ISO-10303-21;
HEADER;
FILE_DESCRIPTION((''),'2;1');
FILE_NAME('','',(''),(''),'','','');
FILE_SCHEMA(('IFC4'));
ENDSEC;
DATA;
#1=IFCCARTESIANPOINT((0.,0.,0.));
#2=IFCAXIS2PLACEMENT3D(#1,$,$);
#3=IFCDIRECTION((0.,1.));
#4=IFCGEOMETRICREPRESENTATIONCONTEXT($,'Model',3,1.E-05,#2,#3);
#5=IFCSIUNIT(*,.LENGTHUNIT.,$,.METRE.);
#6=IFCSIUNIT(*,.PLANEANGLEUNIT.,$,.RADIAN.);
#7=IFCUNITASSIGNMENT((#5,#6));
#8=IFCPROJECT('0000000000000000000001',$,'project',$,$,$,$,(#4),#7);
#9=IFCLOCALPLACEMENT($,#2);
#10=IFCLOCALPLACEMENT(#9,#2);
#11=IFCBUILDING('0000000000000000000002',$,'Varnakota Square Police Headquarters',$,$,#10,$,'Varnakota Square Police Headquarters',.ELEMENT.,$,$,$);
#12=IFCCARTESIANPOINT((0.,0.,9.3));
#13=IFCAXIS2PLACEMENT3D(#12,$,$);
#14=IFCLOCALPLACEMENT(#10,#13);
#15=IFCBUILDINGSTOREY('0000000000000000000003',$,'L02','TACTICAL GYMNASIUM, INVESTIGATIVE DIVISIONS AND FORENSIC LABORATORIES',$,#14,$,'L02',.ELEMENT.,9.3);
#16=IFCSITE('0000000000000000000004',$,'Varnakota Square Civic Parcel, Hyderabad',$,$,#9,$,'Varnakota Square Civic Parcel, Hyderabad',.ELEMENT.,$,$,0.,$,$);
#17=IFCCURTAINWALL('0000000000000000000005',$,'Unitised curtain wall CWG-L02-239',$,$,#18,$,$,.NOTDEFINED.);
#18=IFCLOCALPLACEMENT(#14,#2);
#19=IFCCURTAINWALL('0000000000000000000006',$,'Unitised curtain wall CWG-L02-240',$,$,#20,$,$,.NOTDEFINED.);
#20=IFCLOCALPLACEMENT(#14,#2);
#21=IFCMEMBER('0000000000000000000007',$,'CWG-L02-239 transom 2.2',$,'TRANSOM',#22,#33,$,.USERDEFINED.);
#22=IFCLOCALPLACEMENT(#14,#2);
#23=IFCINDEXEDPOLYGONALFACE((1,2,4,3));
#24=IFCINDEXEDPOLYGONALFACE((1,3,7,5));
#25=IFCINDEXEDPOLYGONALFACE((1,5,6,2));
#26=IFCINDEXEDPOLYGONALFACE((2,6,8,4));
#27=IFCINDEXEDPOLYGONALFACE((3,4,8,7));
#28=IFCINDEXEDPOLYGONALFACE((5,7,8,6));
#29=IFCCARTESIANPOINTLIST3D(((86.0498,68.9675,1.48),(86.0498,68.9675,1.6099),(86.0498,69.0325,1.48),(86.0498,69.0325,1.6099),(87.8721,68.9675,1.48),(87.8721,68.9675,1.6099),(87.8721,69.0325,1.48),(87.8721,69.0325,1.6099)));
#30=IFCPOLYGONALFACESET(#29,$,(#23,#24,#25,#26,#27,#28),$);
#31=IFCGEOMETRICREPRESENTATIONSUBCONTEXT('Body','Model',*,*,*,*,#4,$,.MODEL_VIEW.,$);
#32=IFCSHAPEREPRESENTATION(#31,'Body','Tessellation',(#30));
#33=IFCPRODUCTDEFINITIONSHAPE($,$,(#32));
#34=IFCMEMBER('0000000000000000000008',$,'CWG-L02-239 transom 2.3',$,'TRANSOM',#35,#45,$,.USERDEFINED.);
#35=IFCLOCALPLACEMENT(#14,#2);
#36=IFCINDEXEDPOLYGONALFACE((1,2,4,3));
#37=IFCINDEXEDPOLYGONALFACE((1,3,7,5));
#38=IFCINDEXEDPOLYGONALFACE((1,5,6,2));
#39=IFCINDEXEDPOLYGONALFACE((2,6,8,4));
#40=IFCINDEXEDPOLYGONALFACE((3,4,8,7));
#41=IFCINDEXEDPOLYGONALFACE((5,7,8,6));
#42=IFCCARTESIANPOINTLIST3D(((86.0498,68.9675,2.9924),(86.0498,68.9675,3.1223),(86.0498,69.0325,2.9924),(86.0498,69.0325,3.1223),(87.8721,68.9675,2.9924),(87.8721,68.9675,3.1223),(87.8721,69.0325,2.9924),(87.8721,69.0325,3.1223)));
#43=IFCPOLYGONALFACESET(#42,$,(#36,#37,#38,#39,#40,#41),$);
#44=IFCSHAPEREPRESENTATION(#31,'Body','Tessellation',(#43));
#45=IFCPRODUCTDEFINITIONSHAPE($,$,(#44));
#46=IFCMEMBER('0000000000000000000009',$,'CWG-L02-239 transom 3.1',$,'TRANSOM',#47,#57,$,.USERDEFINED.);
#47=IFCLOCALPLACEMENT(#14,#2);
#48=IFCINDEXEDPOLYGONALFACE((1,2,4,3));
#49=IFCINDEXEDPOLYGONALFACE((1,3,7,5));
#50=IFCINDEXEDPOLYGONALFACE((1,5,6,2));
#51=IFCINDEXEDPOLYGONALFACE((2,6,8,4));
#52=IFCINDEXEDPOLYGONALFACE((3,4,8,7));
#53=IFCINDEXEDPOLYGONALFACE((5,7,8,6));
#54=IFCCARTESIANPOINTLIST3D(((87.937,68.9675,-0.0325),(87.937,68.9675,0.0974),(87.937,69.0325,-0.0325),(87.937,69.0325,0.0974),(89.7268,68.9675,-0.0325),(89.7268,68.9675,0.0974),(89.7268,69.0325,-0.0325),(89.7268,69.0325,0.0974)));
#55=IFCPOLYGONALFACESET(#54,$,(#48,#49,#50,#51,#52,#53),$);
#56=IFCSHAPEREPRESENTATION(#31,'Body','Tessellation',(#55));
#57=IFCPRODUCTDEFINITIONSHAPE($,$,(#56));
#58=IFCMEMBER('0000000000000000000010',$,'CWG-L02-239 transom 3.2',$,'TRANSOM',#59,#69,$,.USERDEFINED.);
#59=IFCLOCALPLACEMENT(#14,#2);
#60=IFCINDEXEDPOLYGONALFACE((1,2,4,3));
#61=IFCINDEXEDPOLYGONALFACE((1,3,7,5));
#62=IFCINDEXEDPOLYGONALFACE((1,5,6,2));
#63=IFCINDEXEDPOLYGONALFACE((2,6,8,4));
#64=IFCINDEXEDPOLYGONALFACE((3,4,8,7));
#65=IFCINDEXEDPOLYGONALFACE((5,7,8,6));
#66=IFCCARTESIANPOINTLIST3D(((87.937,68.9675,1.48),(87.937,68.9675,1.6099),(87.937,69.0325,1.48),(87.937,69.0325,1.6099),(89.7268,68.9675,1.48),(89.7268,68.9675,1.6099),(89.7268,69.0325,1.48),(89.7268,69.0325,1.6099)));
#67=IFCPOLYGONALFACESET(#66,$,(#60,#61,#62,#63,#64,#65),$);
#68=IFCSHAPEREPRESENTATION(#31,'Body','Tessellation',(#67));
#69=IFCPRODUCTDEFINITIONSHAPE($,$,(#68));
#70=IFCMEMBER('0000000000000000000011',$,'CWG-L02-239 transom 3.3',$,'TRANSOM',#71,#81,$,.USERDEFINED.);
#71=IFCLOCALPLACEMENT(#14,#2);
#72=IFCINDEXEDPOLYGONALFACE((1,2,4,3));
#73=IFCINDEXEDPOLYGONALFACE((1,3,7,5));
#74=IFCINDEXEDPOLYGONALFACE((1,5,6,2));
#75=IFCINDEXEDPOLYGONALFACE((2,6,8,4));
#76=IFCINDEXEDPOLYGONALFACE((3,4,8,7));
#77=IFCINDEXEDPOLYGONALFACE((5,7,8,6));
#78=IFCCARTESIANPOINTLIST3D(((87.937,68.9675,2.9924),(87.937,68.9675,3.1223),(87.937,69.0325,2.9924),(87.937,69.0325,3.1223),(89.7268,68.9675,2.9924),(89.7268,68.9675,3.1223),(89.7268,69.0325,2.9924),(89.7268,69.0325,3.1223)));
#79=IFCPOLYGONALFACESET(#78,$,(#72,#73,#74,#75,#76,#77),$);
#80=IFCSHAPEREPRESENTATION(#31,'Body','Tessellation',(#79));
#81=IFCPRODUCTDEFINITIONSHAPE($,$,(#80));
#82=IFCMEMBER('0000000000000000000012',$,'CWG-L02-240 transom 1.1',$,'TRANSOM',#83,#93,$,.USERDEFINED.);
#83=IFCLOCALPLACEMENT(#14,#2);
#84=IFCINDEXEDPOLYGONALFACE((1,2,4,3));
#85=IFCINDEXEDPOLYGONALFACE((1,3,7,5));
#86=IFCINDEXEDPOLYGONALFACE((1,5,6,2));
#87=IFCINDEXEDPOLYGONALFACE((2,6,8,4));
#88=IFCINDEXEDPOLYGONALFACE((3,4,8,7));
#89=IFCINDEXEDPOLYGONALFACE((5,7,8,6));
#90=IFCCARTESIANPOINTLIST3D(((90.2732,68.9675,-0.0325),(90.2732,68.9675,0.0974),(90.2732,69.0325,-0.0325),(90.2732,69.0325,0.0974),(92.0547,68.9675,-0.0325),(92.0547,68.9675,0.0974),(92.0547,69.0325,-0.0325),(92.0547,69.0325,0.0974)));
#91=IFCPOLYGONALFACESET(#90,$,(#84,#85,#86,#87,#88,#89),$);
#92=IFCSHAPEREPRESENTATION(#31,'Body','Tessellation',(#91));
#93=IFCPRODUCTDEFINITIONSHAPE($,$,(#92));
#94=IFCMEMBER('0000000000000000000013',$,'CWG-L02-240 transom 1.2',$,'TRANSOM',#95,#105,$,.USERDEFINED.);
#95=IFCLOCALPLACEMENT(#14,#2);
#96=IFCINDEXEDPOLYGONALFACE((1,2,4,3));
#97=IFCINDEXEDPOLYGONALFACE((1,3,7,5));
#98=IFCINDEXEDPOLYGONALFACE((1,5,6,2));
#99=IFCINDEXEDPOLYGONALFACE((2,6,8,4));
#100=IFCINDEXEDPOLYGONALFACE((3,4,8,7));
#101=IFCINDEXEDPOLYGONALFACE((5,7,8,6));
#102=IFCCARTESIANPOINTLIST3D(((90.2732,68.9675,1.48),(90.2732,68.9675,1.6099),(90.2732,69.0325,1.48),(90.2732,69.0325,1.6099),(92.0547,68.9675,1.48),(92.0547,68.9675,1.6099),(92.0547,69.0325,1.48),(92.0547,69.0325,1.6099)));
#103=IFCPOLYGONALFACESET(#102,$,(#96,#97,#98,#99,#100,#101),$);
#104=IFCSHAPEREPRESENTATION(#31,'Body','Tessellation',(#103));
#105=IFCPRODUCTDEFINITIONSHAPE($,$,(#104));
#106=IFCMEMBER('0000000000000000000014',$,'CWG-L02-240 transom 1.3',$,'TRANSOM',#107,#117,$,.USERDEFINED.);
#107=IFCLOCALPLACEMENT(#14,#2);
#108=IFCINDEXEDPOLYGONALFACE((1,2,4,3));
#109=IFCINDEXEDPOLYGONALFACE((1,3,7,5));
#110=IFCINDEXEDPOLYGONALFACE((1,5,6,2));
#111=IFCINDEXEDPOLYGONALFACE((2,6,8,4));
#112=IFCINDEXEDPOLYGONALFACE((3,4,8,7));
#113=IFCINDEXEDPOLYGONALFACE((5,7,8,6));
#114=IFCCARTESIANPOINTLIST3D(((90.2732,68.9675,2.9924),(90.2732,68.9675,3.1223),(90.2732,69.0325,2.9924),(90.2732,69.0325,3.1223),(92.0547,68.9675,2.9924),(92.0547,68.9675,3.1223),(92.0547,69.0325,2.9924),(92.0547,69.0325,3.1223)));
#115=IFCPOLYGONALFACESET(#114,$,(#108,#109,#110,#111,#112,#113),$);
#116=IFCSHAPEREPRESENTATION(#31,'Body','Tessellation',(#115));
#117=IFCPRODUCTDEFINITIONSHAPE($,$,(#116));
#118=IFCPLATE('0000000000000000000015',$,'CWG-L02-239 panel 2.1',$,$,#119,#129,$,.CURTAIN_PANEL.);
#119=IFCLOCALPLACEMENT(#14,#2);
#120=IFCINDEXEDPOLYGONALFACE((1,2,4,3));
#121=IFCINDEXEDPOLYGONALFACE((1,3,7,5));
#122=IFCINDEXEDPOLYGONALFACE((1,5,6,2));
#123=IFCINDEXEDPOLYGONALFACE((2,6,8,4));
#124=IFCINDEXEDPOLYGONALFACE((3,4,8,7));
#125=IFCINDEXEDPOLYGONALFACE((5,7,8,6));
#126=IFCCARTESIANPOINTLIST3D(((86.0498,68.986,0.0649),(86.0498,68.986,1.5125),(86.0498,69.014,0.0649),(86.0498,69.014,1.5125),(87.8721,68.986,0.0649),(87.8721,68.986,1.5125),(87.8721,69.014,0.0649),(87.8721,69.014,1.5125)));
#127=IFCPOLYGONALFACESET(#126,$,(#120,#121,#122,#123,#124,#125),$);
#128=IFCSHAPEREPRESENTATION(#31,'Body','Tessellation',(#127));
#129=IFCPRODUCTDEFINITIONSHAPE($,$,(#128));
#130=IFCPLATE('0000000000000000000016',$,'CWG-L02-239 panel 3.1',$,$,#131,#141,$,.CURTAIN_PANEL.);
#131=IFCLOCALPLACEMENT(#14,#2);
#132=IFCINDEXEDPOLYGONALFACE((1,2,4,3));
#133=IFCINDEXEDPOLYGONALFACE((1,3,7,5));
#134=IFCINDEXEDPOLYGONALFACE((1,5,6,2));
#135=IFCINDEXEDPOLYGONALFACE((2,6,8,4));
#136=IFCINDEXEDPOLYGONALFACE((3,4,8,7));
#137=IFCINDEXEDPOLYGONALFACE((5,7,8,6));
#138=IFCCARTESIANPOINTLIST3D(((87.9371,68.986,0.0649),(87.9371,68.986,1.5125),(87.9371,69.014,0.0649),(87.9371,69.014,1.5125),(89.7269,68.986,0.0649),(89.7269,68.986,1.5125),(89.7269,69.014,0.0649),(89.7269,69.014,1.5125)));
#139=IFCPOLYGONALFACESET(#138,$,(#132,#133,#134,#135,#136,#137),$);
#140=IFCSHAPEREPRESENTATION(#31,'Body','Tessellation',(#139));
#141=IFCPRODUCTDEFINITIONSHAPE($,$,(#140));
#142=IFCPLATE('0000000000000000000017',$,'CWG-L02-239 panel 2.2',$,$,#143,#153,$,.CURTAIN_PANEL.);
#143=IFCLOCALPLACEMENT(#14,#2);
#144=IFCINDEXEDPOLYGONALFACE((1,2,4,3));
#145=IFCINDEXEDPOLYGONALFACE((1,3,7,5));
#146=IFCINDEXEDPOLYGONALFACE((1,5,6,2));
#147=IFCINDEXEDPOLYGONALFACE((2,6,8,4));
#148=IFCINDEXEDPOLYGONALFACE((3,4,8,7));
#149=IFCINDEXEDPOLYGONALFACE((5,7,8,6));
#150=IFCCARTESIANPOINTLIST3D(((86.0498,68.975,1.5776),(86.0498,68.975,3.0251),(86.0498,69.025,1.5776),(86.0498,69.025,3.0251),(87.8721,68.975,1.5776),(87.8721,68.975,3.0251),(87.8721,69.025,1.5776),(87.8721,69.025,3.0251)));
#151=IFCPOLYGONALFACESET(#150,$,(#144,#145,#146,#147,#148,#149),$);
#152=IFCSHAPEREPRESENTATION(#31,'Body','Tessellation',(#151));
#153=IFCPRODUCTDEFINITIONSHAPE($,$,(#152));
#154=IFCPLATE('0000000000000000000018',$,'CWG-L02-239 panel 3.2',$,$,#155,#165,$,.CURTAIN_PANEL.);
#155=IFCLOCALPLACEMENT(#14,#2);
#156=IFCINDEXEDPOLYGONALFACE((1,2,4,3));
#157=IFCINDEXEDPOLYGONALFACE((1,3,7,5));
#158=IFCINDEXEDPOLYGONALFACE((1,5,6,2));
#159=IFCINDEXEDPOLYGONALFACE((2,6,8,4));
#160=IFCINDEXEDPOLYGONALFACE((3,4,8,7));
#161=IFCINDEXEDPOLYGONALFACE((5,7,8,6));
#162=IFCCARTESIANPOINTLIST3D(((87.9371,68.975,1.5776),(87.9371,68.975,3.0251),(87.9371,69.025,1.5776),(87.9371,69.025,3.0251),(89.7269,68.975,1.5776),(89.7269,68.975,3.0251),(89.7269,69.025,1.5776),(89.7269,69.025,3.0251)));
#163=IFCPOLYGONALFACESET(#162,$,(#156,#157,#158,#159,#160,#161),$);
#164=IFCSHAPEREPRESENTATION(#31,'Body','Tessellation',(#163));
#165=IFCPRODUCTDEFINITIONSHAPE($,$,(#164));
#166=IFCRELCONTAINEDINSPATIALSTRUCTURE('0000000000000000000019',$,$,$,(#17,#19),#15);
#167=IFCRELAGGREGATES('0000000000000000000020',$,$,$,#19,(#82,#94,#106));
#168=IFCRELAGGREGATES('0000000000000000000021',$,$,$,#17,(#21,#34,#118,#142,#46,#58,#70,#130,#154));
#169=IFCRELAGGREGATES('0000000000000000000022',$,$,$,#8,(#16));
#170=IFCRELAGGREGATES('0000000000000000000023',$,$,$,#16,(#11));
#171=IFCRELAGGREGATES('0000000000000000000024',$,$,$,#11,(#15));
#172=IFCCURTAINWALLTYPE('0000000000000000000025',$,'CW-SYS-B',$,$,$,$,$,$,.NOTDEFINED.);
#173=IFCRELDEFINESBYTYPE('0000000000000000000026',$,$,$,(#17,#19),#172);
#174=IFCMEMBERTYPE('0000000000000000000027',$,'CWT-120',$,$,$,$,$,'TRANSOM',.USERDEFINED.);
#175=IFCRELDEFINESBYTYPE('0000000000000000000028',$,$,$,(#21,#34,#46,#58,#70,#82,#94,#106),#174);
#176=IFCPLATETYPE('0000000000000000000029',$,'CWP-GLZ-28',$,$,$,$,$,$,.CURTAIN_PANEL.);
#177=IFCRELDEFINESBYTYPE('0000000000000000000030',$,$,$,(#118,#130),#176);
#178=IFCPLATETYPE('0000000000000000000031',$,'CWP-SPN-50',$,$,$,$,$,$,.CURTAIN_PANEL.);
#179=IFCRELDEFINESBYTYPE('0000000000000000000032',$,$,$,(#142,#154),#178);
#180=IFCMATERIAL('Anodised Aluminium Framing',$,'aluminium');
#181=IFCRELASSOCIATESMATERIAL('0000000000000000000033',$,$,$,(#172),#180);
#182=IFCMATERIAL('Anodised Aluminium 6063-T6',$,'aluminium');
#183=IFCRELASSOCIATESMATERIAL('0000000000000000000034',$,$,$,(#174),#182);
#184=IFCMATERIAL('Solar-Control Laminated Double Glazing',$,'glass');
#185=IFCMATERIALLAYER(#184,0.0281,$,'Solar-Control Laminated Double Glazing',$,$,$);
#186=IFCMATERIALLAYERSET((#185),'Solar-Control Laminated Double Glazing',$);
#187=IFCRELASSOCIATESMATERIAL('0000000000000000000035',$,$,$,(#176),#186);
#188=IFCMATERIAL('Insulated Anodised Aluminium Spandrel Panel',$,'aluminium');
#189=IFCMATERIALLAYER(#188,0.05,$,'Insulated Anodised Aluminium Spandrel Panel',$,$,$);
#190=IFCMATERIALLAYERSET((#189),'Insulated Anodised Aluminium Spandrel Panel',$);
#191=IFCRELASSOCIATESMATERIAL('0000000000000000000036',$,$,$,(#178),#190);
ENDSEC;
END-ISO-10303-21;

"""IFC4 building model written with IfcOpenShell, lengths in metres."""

from ifc_helpers import new_model, si_unit, direction, frame, origin, origin_2d, place, context, subcontext, project, spatial, rectangle, extrude, material, layer, layer_set, material_profile, profile_set, type_object, element, aggregate, save


model = new_model("IFC4")

# Units and contexts
model_context = context("Model", 3, precision=1e-05, world=origin(), true_north=direction((0.0, 1.0)))
body_context = subcontext(model_context, "Body", "Model", "MODEL_VIEW")
ifc_project = project(units=[si_unit("LENGTHUNIT", "METRE"), si_unit("PLANEANGLEUNIT", "RADIAN")], contexts=[model_context])

# Site, building, storey
site_placement = place(None, origin())
site = spatial("IfcSite", under=ifc_project, at=site_placement, Name="Varnakota Square Civic Parcel, Hyderabad", LongName="Varnakota Square Civic Parcel, Hyderabad", CompositionType="ELEMENT", RefElevation=0.0)
building_placement = place(site_placement, origin())
building = spatial("IfcBuilding", under=site, at=building_placement, Name="Varnakota Square Police Headquarters", LongName="Varnakota Square Police Headquarters", CompositionType="ELEMENT")
storey_placement = place(building_placement, frame((0.0, 0.0, 9.3)))
storey = spatial("IfcBuildingStorey", under=building, at=storey_placement, Name="L02", Description="TACTICAL GYMNASIUM, INVESTIGATIVE DIVISIONS AND FORENSIC LABORATORIES", LongName="L02", CompositionType="ELEMENT", Elevation=9.3)

# Curtain wall
ifc_material_1 = material(Name="Anodised Aluminium Framing", Category="aluminium")
curtain_wall_type = type_object("IfcCurtainWallType", Name="CW-SYS-B", PredefinedType="NOTDEFINED", material=ifc_material_1)
curtain_wall_1_placement = place(storey_placement, origin())
curtain_wall_1 = element("IfcCurtainWall", 1, at=curtain_wall_1_placement, inside=storey, type_object=curtain_wall_type, Name="Unitised curtain wall CWG-L02-239", PredefinedType="NOTDEFINED")
ifc_material_2 = material(Name="Anodised Aluminium 6063-T6", Category="aluminium")

# Curtain wall
curtain_wall_2_placement = place(storey_placement, origin())
curtain_wall_2 = element("IfcCurtainWall", 2, at=curtain_wall_2_placement, inside=storey, type_object=curtain_wall_type, Name="Unitised curtain wall CWG-L02-240", PredefinedType="NOTDEFINED")

# Members
ifc_material_profile_1 = material_profile(ifc_material_2, rectangle(XDim=0.0649, YDim=0.1299, at=origin_2d()), Name="ALU TRANSOM 65x130")
ifc_profile_set_1 = profile_set([ifc_material_profile_1], Name="Anodised Aluminium 6063-T6")
member_type_1 = type_object("IfcMemberType", Name="CWT-120", ElementType="TRANSOM", PredefinedType="USERDEFINED", material=ifc_profile_set_1)
member_1_placement = place(storey_placement, frame((86.0498, 69.0, 1.5449), z_axis=(1.0, 0.0, 0.0), x_axis=(0.0, 1.0, 0.0)))
member_1 = element("IfcMember", 3, at=member_1_placement, type_object=member_type_1, Name="CWG-L02-239 transom 2.2", ObjectType="TRANSOM", PredefinedType="USERDEFINED", context=body_context, shape_type="SweptSolid", body=[
    extrude(rectangle(XDim=0.0649, YDim=0.1299, at=origin_2d()), origin(), (0.0, 0.0, 1.0), 1.8223),
])
member_2_placement = place(storey_placement, frame((86.0498, 69.0, 3.0574), z_axis=(1.0, 0.0, 0.0), x_axis=(0.0, 1.0, 0.0)))
member_2 = element("IfcMember", 4, at=member_2_placement, type_object=member_type_1, Name="CWG-L02-239 transom 2.3", ObjectType="TRANSOM", PredefinedType="USERDEFINED", context=body_context, shape_type="SweptSolid", body=[
    extrude(rectangle(XDim=0.0649, YDim=0.1299, at=origin_2d()), origin(), (0.0, 0.0, 1.0), 1.8223),
])
member_3_placement = place(storey_placement, frame((87.937, 69.0, 0.0325), z_axis=(1.0, 0.0, 0.0), x_axis=(0.0, 1.0, 0.0)))
member_3 = element("IfcMember", 5, at=member_3_placement, type_object=member_type_1, Name="CWG-L02-239 transom 3.1", ObjectType="TRANSOM", PredefinedType="USERDEFINED", context=body_context, shape_type="SweptSolid", body=[
    extrude(rectangle(XDim=0.0649, YDim=0.1299, at=origin_2d()), origin(), (0.0, 0.0, 1.0), 1.7898),
])
member_4_placement = place(storey_placement, frame((87.937, 69.0, 1.5449), z_axis=(1.0, 0.0, 0.0), x_axis=(0.0, 1.0, 0.0)))
member_4 = element("IfcMember", 6, at=member_4_placement, type_object=member_type_1, Name="CWG-L02-239 transom 3.2", ObjectType="TRANSOM", PredefinedType="USERDEFINED", context=body_context, shape_type="SweptSolid", body=[
    extrude(rectangle(XDim=0.0649, YDim=0.1299, at=origin_2d()), origin(), (0.0, 0.0, 1.0), 1.7898),
])
member_5_placement = place(storey_placement, frame((87.937, 69.0, 3.0574), z_axis=(1.0, 0.0, 0.0), x_axis=(0.0, 1.0, 0.0)))
member_5 = element("IfcMember", 7, at=member_5_placement, type_object=member_type_1, Name="CWG-L02-239 transom 3.3", ObjectType="TRANSOM", PredefinedType="USERDEFINED", context=body_context, shape_type="SweptSolid", body=[
    extrude(rectangle(XDim=0.0649, YDim=0.1299, at=origin_2d()), origin(), (0.0, 0.0, 1.0), 1.7898),
])
member_6_placement = place(storey_placement, frame((90.2732, 69.0, 0.0325), z_axis=(1.0, 0.0, 0.0), x_axis=(0.0, 1.0, 0.0)))
member_6 = element("IfcMember", 8, at=member_6_placement, type_object=member_type_1, Name="CWG-L02-240 transom 1.1", ObjectType="TRANSOM", PredefinedType="USERDEFINED", context=body_context, shape_type="SweptSolid", body=[
    extrude(rectangle(XDim=0.0649, YDim=0.1299, at=origin_2d()), origin(), (0.0, 0.0, 1.0), 1.7815),
])
member_7_placement = place(storey_placement, frame((90.2732, 69.0, 1.5449), z_axis=(1.0, 0.0, 0.0), x_axis=(0.0, 1.0, 0.0)))
member_7 = element("IfcMember", 9, at=member_7_placement, type_object=member_type_1, Name="CWG-L02-240 transom 1.2", ObjectType="TRANSOM", PredefinedType="USERDEFINED", context=body_context, shape_type="SweptSolid", body=[
    extrude(rectangle(XDim=0.0649, YDim=0.1299, at=origin_2d()), origin(), (0.0, 0.0, 1.0), 1.7815),
])
member_8_placement = place(storey_placement, frame((90.2732, 69.0, 3.0574), z_axis=(1.0, 0.0, 0.0), x_axis=(0.0, 1.0, 0.0)))
member_8 = element("IfcMember", 10, at=member_8_placement, type_object=member_type_1, Name="CWG-L02-240 transom 1.3", ObjectType="TRANSOM", PredefinedType="USERDEFINED", context=body_context, shape_type="SweptSolid", body=[
    extrude(rectangle(XDim=0.0649, YDim=0.1299, at=origin_2d()), origin(), (0.0, 0.0, 1.0), 1.7815),
])
aggregate(curtain_wall_2, [member_6, member_7, member_8])

# Plates
ifc_material_3 = material(Name="Solar-Control Laminated Double Glazing", Category="glass")
ifc_layer_1 = layer(ifc_material_3, 0.0281, Name="Solar-Control Laminated Double Glazing")
ifc_layer_set_1 = layer_set([ifc_layer_1], Name="Solar-Control Laminated Double Glazing")
plate_type_1 = type_object("IfcPlateType", Name="CWP-GLZ-28", PredefinedType="CURTAIN_PANEL", material=ifc_layer_set_1)
plate_1_placement = place(storey_placement, frame((86.9609, 69.0, 0.0649), z_axis=(0.0, 0.0, 1.0), x_axis=(1.0, 0.0, 0.0)))
plate_1 = element("IfcPlate", 11, at=plate_1_placement, type_object=plate_type_1, Name="CWG-L02-239 panel 2.1", PredefinedType="CURTAIN_PANEL", context=body_context, shape_type="SweptSolid", body=[
    extrude(rectangle(XDim=1.8223, YDim=0.0281, at=origin_2d()), origin(), (0.0, 0.0, 1.0), 1.4475),
])
plate_2_placement = place(storey_placement, frame((88.832, 69.0, 0.0649), z_axis=(0.0, 0.0, 1.0), x_axis=(1.0, 0.0, 0.0)))
plate_2 = element("IfcPlate", 12, at=plate_2_placement, type_object=plate_type_1, Name="CWG-L02-239 panel 3.1", PredefinedType="CURTAIN_PANEL", context=body_context, shape_type="SweptSolid", body=[
    extrude(rectangle(XDim=1.7898, YDim=0.0281, at=origin_2d()), origin(), (0.0, 0.0, 1.0), 1.4475),
])
ifc_material_4 = material(Name="Insulated Anodised Aluminium Spandrel Panel", Category="aluminium")
ifc_layer_2 = layer(ifc_material_4, 0.05, Name="Insulated Anodised Aluminium Spandrel Panel")
ifc_layer_set_2 = layer_set([ifc_layer_2], Name="Insulated Anodised Aluminium Spandrel Panel")
plate_type_2 = type_object("IfcPlateType", Name="CWP-SPN-50", PredefinedType="CURTAIN_PANEL", material=ifc_layer_set_2)
plate_3_placement = place(storey_placement, frame((86.9609, 69.0, 1.5776), z_axis=(0.0, 0.0, 1.0), x_axis=(1.0, 0.0, 0.0)))
plate_3 = element("IfcPlate", 13, at=plate_3_placement, type_object=plate_type_2, Name="CWG-L02-239 panel 2.2", PredefinedType="CURTAIN_PANEL", context=body_context, shape_type="SweptSolid", body=[
    extrude(rectangle(XDim=1.8223, YDim=0.05, at=origin_2d()), origin(), (0.0, 0.0, 1.0), 1.4475),
])
plate_4_placement = place(storey_placement, frame((88.832, 69.0, 1.5776), z_axis=(0.0, 0.0, 1.0), x_axis=(1.0, 0.0, 0.0)))
plate_4 = element("IfcPlate", 14, at=plate_4_placement, type_object=plate_type_2, Name="CWG-L02-239 panel 3.2", PredefinedType="CURTAIN_PANEL", context=body_context, shape_type="SweptSolid", body=[
    extrude(rectangle(XDim=1.7898, YDim=0.05, at=origin_2d()), origin(), (0.0, 0.0, 1.0), 1.4475),
])
aggregate(curtain_wall_1, [member_1, member_2, plate_1, plate_3, member_3, member_4, member_5, plate_2, plate_4])

save(model, "model.ifc")
